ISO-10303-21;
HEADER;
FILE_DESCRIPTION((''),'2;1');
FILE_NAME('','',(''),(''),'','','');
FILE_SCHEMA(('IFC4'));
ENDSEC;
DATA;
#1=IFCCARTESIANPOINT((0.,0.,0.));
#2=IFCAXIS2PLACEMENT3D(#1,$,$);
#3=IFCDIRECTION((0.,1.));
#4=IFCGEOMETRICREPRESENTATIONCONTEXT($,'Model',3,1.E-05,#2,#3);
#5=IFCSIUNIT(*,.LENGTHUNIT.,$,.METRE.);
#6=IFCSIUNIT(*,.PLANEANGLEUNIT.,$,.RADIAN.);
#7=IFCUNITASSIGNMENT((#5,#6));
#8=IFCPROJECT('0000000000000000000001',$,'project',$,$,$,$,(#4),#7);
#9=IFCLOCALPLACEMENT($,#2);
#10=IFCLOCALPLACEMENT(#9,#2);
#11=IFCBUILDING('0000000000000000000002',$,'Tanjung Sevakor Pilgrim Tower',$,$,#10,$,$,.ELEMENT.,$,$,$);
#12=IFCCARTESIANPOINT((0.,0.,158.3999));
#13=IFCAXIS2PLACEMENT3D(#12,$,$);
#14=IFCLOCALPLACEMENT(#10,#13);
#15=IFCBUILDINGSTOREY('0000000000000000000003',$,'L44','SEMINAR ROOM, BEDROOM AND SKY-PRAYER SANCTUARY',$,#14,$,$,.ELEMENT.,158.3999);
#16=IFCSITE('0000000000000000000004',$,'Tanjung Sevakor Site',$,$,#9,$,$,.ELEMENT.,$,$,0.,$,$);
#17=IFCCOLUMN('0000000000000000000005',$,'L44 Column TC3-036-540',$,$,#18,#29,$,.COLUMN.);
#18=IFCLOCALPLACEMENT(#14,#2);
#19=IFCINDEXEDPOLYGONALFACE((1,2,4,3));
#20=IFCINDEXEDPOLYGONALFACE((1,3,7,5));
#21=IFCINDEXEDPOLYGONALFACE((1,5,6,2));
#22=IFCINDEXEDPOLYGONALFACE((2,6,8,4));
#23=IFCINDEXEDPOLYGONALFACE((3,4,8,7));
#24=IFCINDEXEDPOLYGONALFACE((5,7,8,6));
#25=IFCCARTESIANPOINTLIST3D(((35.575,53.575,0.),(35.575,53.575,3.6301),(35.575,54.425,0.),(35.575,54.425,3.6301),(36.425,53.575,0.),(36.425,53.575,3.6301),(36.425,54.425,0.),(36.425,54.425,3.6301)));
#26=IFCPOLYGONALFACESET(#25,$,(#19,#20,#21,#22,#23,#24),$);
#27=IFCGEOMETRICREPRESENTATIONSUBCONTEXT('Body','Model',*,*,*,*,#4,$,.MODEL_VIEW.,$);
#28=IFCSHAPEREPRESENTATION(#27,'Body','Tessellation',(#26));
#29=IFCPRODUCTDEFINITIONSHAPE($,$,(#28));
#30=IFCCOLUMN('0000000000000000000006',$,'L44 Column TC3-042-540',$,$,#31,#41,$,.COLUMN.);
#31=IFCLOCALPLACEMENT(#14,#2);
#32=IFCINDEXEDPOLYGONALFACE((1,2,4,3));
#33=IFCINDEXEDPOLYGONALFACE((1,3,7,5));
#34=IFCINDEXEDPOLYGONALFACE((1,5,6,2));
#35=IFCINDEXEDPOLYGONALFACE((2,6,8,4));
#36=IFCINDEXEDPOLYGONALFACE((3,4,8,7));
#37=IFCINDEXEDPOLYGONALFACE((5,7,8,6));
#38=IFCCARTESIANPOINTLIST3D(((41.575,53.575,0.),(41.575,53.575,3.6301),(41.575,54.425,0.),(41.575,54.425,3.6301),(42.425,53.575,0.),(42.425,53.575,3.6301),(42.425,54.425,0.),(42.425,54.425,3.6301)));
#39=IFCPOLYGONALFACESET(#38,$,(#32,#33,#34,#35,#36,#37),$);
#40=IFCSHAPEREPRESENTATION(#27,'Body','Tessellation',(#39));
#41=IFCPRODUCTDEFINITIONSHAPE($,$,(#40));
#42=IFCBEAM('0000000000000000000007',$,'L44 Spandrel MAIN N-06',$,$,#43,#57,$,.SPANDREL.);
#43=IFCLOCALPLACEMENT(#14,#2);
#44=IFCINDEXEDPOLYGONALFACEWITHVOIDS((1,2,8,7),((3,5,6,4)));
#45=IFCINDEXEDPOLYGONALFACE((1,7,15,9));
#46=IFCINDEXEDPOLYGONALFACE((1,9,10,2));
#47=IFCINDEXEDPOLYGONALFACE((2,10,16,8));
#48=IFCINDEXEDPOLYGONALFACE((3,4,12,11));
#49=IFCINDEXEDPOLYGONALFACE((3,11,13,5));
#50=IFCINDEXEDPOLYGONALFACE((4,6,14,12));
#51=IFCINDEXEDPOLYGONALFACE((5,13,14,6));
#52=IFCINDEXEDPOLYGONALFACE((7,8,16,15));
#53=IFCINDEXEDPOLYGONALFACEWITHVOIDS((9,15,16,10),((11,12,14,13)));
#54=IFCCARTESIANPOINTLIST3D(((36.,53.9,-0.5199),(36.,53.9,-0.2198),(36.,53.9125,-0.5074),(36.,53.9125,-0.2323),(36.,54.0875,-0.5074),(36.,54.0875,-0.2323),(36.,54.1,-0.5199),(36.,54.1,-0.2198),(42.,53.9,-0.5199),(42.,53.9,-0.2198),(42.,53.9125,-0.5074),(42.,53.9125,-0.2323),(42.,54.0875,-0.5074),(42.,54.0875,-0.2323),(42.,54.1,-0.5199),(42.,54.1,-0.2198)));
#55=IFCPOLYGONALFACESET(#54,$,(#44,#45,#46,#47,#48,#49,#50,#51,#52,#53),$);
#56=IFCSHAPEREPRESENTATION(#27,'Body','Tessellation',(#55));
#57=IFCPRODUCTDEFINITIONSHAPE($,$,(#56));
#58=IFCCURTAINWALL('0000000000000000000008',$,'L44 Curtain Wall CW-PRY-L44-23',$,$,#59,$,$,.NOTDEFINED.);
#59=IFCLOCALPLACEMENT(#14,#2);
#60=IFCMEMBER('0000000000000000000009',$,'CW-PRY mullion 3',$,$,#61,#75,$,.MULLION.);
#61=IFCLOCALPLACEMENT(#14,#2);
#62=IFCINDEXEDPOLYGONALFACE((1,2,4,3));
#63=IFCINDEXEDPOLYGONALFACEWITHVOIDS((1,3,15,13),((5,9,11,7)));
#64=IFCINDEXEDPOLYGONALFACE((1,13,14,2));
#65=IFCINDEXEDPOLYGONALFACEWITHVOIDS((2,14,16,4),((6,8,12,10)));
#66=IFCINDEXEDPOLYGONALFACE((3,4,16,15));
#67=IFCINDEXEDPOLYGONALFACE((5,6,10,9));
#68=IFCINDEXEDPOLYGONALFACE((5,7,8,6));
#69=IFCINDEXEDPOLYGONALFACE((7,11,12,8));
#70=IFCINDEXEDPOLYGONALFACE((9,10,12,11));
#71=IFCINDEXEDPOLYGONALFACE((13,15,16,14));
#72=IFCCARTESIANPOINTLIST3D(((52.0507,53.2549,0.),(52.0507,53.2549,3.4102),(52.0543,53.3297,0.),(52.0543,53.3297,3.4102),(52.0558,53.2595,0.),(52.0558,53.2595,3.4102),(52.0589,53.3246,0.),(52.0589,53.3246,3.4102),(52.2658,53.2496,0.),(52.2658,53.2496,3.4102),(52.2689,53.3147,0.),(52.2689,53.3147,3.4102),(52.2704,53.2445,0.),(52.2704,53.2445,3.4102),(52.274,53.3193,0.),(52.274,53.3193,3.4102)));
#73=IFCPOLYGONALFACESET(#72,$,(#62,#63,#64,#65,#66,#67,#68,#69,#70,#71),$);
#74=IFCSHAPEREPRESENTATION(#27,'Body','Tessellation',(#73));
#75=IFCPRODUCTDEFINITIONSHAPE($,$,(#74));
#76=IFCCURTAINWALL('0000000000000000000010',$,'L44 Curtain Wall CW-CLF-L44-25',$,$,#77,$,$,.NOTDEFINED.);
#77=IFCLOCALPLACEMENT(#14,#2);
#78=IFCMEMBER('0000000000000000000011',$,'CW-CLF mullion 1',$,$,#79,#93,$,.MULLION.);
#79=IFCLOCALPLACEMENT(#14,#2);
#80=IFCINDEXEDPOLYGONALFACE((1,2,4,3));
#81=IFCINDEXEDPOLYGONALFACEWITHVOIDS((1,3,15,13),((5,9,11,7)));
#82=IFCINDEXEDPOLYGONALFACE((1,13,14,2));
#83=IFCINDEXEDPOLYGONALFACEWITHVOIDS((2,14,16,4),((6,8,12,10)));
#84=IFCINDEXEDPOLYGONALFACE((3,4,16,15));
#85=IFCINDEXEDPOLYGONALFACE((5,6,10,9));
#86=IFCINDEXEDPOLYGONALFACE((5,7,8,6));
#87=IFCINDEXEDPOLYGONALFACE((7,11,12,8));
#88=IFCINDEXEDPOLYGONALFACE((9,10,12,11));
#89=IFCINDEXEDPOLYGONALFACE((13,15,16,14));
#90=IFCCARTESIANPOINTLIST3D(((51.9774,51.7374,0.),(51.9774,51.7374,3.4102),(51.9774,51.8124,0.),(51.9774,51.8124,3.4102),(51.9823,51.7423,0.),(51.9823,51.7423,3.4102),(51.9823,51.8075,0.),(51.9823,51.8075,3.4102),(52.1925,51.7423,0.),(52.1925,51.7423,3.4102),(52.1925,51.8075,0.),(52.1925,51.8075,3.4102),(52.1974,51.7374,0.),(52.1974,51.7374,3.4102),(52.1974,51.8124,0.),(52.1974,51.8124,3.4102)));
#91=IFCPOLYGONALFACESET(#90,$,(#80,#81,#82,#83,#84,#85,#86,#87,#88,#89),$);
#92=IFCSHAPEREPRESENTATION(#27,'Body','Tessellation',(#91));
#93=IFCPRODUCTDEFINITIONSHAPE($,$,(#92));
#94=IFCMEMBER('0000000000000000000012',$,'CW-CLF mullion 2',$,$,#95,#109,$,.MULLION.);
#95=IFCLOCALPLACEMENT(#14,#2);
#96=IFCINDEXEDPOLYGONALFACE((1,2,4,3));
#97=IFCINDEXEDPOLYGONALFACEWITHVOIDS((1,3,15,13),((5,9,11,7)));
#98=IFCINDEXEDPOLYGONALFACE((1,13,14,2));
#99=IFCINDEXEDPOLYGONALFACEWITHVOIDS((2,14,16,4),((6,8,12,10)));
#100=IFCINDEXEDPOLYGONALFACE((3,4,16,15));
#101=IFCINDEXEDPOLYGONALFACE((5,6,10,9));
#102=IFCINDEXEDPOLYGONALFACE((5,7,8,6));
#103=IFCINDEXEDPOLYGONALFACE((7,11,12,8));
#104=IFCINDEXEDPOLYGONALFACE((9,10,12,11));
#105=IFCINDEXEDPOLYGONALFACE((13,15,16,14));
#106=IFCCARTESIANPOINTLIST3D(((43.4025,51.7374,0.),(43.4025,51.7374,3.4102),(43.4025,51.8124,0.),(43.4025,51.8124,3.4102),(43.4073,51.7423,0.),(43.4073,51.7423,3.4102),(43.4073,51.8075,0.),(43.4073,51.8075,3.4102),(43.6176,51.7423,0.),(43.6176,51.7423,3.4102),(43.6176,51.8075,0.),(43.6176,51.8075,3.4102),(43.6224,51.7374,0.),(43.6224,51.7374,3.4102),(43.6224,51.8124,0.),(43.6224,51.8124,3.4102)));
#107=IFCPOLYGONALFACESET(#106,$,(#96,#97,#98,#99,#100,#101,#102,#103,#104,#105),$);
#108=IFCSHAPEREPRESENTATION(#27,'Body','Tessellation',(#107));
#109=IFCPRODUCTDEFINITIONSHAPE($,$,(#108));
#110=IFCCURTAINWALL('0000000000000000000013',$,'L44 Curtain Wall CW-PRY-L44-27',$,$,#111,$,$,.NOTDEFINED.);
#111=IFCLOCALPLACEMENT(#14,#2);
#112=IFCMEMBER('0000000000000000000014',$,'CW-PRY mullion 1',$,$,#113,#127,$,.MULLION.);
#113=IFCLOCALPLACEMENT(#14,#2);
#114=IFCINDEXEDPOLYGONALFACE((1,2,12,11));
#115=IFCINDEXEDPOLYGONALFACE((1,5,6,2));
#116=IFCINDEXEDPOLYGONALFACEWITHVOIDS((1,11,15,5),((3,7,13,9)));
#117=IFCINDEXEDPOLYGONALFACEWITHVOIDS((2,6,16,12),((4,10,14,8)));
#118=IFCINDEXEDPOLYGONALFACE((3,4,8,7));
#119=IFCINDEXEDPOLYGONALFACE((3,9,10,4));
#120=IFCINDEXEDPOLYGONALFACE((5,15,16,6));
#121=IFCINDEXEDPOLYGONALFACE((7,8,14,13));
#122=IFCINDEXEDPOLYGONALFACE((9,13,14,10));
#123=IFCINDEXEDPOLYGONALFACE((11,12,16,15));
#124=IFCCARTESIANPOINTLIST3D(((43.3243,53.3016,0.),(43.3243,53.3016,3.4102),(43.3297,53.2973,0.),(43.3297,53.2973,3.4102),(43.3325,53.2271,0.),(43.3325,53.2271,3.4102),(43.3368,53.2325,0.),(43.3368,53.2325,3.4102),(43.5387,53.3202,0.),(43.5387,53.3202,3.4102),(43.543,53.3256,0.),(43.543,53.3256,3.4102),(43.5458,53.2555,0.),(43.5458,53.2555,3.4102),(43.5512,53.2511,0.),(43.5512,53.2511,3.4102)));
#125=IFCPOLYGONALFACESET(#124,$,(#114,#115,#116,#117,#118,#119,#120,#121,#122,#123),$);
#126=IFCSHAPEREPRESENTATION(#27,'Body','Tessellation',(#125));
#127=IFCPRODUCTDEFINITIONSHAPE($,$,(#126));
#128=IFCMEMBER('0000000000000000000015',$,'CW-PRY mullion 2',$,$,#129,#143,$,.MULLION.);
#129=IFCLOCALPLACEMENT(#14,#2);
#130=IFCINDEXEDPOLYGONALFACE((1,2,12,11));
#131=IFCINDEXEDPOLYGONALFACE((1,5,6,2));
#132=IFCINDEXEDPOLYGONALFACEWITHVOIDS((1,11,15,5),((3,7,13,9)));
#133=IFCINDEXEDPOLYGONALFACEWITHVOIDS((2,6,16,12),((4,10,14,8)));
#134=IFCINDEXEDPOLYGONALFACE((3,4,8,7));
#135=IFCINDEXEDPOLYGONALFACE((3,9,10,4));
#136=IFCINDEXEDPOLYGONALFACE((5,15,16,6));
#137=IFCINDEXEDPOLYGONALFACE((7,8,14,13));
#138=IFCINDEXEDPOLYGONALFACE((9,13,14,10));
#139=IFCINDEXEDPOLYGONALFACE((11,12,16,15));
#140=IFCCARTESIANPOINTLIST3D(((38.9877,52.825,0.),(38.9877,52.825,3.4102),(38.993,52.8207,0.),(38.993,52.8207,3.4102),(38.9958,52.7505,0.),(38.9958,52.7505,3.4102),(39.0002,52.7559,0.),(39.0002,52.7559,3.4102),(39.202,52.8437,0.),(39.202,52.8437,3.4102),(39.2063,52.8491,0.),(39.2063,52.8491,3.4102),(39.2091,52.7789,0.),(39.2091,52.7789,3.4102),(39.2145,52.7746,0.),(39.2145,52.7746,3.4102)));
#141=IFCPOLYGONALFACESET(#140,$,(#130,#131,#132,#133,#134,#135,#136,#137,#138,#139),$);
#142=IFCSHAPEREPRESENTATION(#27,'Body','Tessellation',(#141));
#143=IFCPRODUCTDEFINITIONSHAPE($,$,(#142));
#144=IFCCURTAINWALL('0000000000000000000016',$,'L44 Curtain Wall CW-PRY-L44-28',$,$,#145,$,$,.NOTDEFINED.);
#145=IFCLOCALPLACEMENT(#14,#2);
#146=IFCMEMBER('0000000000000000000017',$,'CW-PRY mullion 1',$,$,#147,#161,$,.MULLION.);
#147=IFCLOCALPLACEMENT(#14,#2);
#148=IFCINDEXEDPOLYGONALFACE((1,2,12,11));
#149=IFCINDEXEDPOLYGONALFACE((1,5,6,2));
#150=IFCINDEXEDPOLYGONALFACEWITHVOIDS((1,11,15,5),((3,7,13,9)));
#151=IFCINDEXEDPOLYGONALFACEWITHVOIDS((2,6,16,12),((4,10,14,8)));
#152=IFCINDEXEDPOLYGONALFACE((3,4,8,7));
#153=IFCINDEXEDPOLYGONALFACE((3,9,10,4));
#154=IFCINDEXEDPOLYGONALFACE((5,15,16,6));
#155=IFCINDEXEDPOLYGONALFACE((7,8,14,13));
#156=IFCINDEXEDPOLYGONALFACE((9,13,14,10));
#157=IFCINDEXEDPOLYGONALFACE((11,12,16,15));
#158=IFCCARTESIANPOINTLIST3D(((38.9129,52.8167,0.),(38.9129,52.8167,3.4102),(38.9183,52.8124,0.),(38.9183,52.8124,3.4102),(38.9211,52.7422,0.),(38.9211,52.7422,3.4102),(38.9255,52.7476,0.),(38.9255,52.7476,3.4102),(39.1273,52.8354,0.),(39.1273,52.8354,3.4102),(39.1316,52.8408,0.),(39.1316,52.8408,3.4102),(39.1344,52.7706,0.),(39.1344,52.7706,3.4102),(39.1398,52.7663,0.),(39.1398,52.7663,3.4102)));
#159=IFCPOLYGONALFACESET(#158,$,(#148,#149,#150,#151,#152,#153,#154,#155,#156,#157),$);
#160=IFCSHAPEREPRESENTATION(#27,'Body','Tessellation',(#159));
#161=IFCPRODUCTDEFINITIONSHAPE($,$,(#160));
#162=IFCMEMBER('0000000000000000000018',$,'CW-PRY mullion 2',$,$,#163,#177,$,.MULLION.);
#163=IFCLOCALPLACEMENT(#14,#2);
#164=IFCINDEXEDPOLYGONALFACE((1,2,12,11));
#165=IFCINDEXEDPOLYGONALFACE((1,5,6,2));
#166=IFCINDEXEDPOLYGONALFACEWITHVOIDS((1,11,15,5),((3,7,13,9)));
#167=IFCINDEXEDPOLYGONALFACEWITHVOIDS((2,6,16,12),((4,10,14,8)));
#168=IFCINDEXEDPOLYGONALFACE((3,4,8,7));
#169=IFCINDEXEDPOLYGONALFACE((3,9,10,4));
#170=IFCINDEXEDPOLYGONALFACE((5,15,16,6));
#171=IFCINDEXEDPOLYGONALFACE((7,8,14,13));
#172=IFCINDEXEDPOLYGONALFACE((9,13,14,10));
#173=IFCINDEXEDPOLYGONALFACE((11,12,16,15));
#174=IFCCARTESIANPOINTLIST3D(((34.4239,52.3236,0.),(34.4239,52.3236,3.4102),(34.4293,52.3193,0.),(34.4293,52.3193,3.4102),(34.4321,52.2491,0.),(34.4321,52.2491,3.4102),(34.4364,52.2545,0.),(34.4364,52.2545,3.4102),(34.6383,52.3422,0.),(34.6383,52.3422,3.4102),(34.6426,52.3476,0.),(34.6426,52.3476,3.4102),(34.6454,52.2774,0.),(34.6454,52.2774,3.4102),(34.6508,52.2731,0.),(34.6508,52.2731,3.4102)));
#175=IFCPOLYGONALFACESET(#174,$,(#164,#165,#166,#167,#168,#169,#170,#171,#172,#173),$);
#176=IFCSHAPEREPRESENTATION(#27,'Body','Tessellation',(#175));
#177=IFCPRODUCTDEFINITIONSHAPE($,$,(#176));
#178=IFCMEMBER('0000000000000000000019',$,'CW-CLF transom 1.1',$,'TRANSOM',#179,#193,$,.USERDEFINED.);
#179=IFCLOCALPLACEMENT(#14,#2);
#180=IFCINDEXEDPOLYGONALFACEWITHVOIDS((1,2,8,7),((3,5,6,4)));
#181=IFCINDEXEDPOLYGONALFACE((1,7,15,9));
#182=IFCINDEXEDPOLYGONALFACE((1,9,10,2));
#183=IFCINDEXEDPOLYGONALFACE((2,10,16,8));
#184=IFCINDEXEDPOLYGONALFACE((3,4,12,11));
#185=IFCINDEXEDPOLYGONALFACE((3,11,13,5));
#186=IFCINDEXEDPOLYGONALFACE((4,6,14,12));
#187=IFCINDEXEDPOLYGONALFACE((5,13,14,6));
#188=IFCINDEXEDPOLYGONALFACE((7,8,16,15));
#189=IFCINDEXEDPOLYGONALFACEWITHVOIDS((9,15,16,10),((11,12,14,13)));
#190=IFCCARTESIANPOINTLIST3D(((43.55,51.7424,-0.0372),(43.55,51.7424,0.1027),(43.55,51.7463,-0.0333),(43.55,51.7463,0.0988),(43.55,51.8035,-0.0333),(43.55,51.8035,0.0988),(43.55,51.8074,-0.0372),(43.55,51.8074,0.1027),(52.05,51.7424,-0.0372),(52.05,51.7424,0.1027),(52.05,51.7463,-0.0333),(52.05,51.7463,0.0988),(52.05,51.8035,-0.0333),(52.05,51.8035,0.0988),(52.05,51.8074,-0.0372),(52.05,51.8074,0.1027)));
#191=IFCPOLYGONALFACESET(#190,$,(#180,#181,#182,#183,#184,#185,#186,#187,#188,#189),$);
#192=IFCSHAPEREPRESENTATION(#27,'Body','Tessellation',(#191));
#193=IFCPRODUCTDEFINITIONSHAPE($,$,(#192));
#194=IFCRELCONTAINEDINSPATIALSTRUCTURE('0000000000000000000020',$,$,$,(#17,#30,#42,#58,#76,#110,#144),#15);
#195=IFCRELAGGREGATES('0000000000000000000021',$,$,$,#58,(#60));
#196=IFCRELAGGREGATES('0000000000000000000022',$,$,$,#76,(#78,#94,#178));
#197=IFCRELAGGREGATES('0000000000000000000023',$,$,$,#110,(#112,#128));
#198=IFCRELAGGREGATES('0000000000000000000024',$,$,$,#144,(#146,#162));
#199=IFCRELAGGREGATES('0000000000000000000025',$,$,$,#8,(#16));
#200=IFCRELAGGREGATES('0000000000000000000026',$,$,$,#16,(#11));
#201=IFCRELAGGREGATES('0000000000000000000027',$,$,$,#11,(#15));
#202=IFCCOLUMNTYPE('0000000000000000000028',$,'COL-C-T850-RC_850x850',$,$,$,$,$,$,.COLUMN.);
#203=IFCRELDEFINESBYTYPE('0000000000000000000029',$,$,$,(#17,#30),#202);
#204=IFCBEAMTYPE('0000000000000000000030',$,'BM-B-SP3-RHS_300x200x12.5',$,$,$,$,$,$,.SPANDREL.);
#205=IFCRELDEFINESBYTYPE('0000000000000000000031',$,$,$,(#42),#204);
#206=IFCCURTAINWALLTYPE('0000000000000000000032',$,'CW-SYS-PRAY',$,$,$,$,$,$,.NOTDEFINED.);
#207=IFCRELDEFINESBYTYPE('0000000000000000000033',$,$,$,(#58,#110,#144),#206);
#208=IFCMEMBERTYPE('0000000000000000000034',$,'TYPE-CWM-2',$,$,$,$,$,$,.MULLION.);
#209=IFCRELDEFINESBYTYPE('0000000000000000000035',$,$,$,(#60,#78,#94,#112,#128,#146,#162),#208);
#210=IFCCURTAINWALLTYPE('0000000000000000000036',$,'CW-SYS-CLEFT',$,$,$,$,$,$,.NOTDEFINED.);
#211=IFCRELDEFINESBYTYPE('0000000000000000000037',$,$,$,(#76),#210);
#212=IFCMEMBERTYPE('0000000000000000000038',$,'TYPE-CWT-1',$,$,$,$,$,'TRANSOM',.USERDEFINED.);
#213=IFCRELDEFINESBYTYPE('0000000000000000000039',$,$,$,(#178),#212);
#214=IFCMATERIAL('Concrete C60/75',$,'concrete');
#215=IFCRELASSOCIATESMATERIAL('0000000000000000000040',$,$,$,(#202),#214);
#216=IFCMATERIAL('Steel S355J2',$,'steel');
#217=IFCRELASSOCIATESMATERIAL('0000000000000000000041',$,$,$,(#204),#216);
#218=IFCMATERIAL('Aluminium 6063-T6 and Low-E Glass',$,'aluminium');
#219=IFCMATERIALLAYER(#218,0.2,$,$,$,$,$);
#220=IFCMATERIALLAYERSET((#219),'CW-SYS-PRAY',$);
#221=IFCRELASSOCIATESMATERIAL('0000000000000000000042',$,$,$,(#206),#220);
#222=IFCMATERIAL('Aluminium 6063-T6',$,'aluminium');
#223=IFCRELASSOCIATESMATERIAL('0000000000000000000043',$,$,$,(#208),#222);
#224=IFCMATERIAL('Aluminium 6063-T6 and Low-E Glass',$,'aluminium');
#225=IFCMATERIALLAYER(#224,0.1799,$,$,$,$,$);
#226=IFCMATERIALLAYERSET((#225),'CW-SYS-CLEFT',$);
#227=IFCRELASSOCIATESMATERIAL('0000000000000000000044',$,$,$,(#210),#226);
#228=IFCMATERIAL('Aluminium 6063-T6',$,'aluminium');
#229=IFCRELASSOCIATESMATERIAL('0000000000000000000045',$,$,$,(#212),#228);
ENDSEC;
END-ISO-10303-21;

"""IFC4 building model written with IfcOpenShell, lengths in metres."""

from ifc_helpers import new_model, si_unit, direction, frame, origin, origin_2d, place, context, subcontext, project, spatial, rectangle, hollow_rectangle, extrude, material, layer, layer_set, material_profile, profile_set, type_object, element, aggregate, save


model = new_model("IFC4")

# Units and contexts
model_context = context("Model", 3, precision=1e-05, world=origin(), true_north=direction((0.0, 1.0)))
body_context = subcontext(model_context, "Body", "Model", "MODEL_VIEW")
ifc_project = project(units=[si_unit("LENGTHUNIT", "METRE"), si_unit("PLANEANGLEUNIT", "RADIAN")], contexts=[model_context])

# Site, building, storey
site_placement = place(None, origin())
site = spatial("IfcSite", under=ifc_project, at=site_placement, Name="Tanjung Sevakor Site", CompositionType="ELEMENT", RefElevation=0.0)
building_placement = place(site_placement, origin())
building = spatial("IfcBuilding", under=site, at=building_placement, Name="Tanjung Sevakor Pilgrim Tower", CompositionType="ELEMENT")
storey_placement = place(building_placement, frame((0.0, 0.0, 158.3999)))
storey = spatial("IfcBuildingStorey", under=building, at=storey_placement, Name="L44", Description="SEMINAR ROOM, BEDROOM AND SKY-PRAYER SANCTUARY", CompositionType="ELEMENT", Elevation=158.3999)

# Columns
ifc_material_1 = material(Name="Concrete C60/75", Category="concrete")
ifc_material_profile_1 = material_profile(ifc_material_1, rectangle(XDim=0.8501, YDim=0.8501, at=origin_2d()))
ifc_profile_set_1 = profile_set([ifc_material_profile_1], Name="Concrete C60/75")
column_type = type_object("IfcColumnType", Name="COL-C-T850-RC_850x850", PredefinedType="COLUMN", material=ifc_profile_set_1)
for number, where, z_axis, x_axis, name in (
    (1, (36.0, 54.0, 0.0), (0.0, 0.0, 1.0), (1.0, 0.0, 0.0), "L44 Column TC3-036-540"),
    (2, (42.0, 54.0, 0.0), (0.0, 0.0, 1.0), (1.0, 0.0, 0.0), "L44 Column TC3-042-540"),
):
    element("IfcColumn", number, at=place(storey_placement, frame(where, z_axis=z_axis, x_axis=x_axis)), inside=storey, type_object=column_type, Name=name, PredefinedType="COLUMN", context=body_context, shape_type="SweptSolid", body=[
        extrude(rectangle(XDim=0.8501, YDim=0.8501, at=origin_2d()), origin(), (0.0, 0.0, 1.0), 3.6301),
    ])

# Beam
ifc_material_2 = material(Name="Steel S355J2", Category="steel")
ifc_material_profile_2 = material_profile(ifc_material_2, hollow_rectangle(XDim=0.2, YDim=0.3, WallThickness=0.0125, at=origin_2d()))
ifc_profile_set_2 = profile_set([ifc_material_profile_2], Name="Steel S355J2")
beam_type = type_object("IfcBeamType", Name="BM-B-SP3-RHS_300x200x12.5", PredefinedType="SPANDREL", material=ifc_profile_set_2)
beam_placement = place(storey_placement, frame((36.0, 54.0, -0.3699), z_axis=(1.0, 0.0, 0.0), x_axis=(0.0, 1.0, 0.0)))
element("IfcBeam", 3, at=beam_placement, inside=storey, type_object=beam_type, Name="L44 Spandrel MAIN N-06", PredefinedType="SPANDREL", context=body_context, shape_type="SweptSolid", body=[
    extrude(hollow_rectangle(XDim=0.2, YDim=0.3, WallThickness=0.0125, at=origin_2d()), origin(), (0.0, 0.0, 1.0), 6.0),
])

# Curtain wall, member
ifc_material_3 = material(Name="Aluminium 6063-T6 and Low-E Glass", Category="aluminium")
ifc_layer_1 = layer(ifc_material_3, 0.2)
ifc_layer_set_1 = layer_set([ifc_layer_1], Name="CW-SYS-PRAY")
curtain_wall_type_1 = type_object("IfcCurtainWallType", Name="CW-SYS-PRAY", PredefinedType="NOTDEFINED", material=ifc_layer_set_1)
curtain_wall_1_placement = place(storey_placement, origin())
curtain_wall_1 = element("IfcCurtainWall", 4, at=curtain_wall_1_placement, inside=storey, type_object=curtain_wall_type_1, Name="L44 Curtain Wall CW-PRY-L44-23", PredefinedType="NOTDEFINED")
ifc_material_4 = material(Name="Aluminium 6063-T6", Category="aluminium")
ifc_material_profile_3 = material_profile(ifc_material_4, hollow_rectangle(XDim=0.075, YDim=0.22, WallThickness=0.0049, at=origin_2d()))
ifc_profile_set_3 = profile_set([ifc_material_profile_3], Name="Aluminium 6063-T6")
member_type_1 = type_object("IfcMemberType", Name="TYPE-CWM-2", PredefinedType="MULLION", material=ifc_profile_set_3)
member_1_placement = place(storey_placement, frame((52.1624, 53.2871, 0.0), z_axis=(0.0, 0.0, 1.0), x_axis=(-0.047341, -0.998879, 0.0)))
member_1 = element("IfcMember", 5, at=member_1_placement, type_object=member_type_1, Name="CW-PRY mullion 3", PredefinedType="MULLION", context=body_context, shape_type="SweptSolid", body=[
    extrude(hollow_rectangle(XDim=0.075, YDim=0.22, WallThickness=0.0049, at=origin_2d()), origin(), (0.0, 0.0, 1.0), 3.4102),
])
aggregate(curtain_wall_1, [member_1])

# Curtain walls, members
ifc_material_5 = material(Name="Aluminium 6063-T6 and Low-E Glass", Category="aluminium")
ifc_layer_2 = layer(ifc_material_5, 0.1799)
ifc_layer_set_2 = layer_set([ifc_layer_2], Name="CW-SYS-CLEFT")
curtain_wall_type_2 = type_object("IfcCurtainWallType", Name="CW-SYS-CLEFT", PredefinedType="NOTDEFINED", material=ifc_layer_set_2)
curtain_wall_2_placement = place(storey_placement, origin())
curtain_wall_2 = element("IfcCurtainWall", 6, at=curtain_wall_2_placement, inside=storey, type_object=curtain_wall_type_2, Name="L44 Curtain Wall CW-CLF-L44-25", PredefinedType="NOTDEFINED")
member_2_placement = place(storey_placement, frame((52.0874, 51.7749, 0.0), z_axis=(0.0, 0.0, 1.0), x_axis=(0.0, -1.0, 0.0)))
member_2 = element("IfcMember", 7, at=member_2_placement, type_object=member_type_1, Name="CW-CLF mullion 1", PredefinedType="MULLION", context=body_context, shape_type="SweptSolid", body=[
    extrude(hollow_rectangle(XDim=0.075, YDim=0.22, WallThickness=0.0049, at=origin_2d()), origin(), (0.0, 0.0, 1.0), 3.4102),
])
member_3_placement = place(storey_placement, frame((43.5125, 51.7749, 0.0), z_axis=(0.0, 0.0, 1.0), x_axis=(0.0, -1.0, 0.0)))
member_3 = element("IfcMember", 8, at=member_3_placement, type_object=member_type_1, Name="CW-CLF mullion 2", PredefinedType="MULLION", context=body_context, shape_type="SweptSolid", body=[
    extrude(hollow_rectangle(XDim=0.075, YDim=0.22, WallThickness=0.0049, at=origin_2d()), origin(), (0.0, 0.0, 1.0), 3.4102),
])
curtain_wall_3_placement = place(storey_placement, origin())
curtain_wall_3 = element("IfcCurtainWall", 9, at=curtain_wall_3_placement, inside=storey, type_object=curtain_wall_type_1, Name="L44 Curtain Wall CW-PRY-L44-27", PredefinedType="NOTDEFINED")
member_4_placement = place(storey_placement, frame((43.4377, 53.2764, 0.0), z_axis=(0.0, 0.0, 1.0), x_axis=(0.109242, -0.994015, 0.0)))
member_4 = element("IfcMember", 10, at=member_4_placement, type_object=member_type_1, Name="CW-PRY mullion 1", PredefinedType="MULLION", context=body_context, shape_type="SweptSolid", body=[
    extrude(hollow_rectangle(XDim=0.075, YDim=0.22, WallThickness=0.0049, at=origin_2d()), origin(), (0.0, 0.0, 1.0), 3.4102),
])
member_5_placement = place(storey_placement, frame((39.1011, 52.7998, 0.0), z_axis=(0.0, 0.0, 1.0), x_axis=(0.109242, -0.994015, 0.0)))
member_5 = element("IfcMember", 11, at=member_5_placement, type_object=member_type_1, Name="CW-PRY mullion 2", PredefinedType="MULLION", context=body_context, shape_type="SweptSolid", body=[
    extrude(hollow_rectangle(XDim=0.075, YDim=0.22, WallThickness=0.0049, at=origin_2d()), origin(), (0.0, 0.0, 1.0), 3.4102),
])
curtain_wall_4_placement = place(storey_placement, origin())
curtain_wall_4 = element("IfcCurtainWall", 12, at=curtain_wall_4_placement, inside=storey, type_object=curtain_wall_type_1, Name="L44 Curtain Wall CW-PRY-L44-28", PredefinedType="NOTDEFINED")
member_6_placement = place(storey_placement, frame((39.0264, 52.7915, 0.0), z_axis=(0.0, 0.0, 1.0), x_axis=(0.109231, -0.994016, 0.0)))
member_6 = element("IfcMember", 13, at=member_6_placement, type_object=member_type_1, Name="CW-PRY mullion 1", PredefinedType="MULLION", context=body_context, shape_type="SweptSolid", body=[
    extrude(hollow_rectangle(XDim=0.075, YDim=0.22, WallThickness=0.0049, at=origin_2d()), origin(), (0.0, 0.0, 1.0), 3.4102),
])
member_7_placement = place(storey_placement, frame((34.5374, 52.2983, 0.0), z_axis=(0.0, 0.0, 1.0), x_axis=(0.109231, -0.994016, 0.0)))
member_7 = element("IfcMember", 14, at=member_7_placement, type_object=member_type_1, Name="CW-PRY mullion 2", PredefinedType="MULLION", context=body_context, shape_type="SweptSolid", body=[
    extrude(hollow_rectangle(XDim=0.075, YDim=0.22, WallThickness=0.0049, at=origin_2d()), origin(), (0.0, 0.0, 1.0), 3.4102),
])

# Member
ifc_material_6 = material(Name="Aluminium 6063-T6", Category="aluminium")
ifc_material_profile_4 = material_profile(ifc_material_6, hollow_rectangle(XDim=0.0649, YDim=0.1399, WallThickness=0.0039, at=origin_2d()))
ifc_profile_set_4 = profile_set([ifc_material_profile_4], Name="Aluminium 6063-T6")
member_type_2 = type_object("IfcMemberType", Name="TYPE-CWT-1", ElementType="TRANSOM", PredefinedType="USERDEFINED", material=ifc_profile_set_4)
member_8_placement = place(storey_placement, frame((52.05, 51.7749, 0.0327), z_axis=(-1.0, 0.0, 0.0), x_axis=(0.0, -1.0, 0.0)))
member_8 = element("IfcMember", 15, at=member_8_placement, type_object=member_type_2, Name="CW-CLF transom 1.1", ObjectType="TRANSOM", PredefinedType="USERDEFINED", context=body_context, shape_type="SweptSolid", body=[
    extrude(hollow_rectangle(XDim=0.0649, YDim=0.1399, WallThickness=0.0039, at=origin_2d()), origin(), (0.0, 0.0, 1.0), 8.5),
])

aggregate(curtain_wall_2, [member_2, member_3, member_8])
aggregate(curtain_wall_3, [member_4, member_5])
aggregate(curtain_wall_4, [member_6, member_7])

save(model, "model.ifc")
